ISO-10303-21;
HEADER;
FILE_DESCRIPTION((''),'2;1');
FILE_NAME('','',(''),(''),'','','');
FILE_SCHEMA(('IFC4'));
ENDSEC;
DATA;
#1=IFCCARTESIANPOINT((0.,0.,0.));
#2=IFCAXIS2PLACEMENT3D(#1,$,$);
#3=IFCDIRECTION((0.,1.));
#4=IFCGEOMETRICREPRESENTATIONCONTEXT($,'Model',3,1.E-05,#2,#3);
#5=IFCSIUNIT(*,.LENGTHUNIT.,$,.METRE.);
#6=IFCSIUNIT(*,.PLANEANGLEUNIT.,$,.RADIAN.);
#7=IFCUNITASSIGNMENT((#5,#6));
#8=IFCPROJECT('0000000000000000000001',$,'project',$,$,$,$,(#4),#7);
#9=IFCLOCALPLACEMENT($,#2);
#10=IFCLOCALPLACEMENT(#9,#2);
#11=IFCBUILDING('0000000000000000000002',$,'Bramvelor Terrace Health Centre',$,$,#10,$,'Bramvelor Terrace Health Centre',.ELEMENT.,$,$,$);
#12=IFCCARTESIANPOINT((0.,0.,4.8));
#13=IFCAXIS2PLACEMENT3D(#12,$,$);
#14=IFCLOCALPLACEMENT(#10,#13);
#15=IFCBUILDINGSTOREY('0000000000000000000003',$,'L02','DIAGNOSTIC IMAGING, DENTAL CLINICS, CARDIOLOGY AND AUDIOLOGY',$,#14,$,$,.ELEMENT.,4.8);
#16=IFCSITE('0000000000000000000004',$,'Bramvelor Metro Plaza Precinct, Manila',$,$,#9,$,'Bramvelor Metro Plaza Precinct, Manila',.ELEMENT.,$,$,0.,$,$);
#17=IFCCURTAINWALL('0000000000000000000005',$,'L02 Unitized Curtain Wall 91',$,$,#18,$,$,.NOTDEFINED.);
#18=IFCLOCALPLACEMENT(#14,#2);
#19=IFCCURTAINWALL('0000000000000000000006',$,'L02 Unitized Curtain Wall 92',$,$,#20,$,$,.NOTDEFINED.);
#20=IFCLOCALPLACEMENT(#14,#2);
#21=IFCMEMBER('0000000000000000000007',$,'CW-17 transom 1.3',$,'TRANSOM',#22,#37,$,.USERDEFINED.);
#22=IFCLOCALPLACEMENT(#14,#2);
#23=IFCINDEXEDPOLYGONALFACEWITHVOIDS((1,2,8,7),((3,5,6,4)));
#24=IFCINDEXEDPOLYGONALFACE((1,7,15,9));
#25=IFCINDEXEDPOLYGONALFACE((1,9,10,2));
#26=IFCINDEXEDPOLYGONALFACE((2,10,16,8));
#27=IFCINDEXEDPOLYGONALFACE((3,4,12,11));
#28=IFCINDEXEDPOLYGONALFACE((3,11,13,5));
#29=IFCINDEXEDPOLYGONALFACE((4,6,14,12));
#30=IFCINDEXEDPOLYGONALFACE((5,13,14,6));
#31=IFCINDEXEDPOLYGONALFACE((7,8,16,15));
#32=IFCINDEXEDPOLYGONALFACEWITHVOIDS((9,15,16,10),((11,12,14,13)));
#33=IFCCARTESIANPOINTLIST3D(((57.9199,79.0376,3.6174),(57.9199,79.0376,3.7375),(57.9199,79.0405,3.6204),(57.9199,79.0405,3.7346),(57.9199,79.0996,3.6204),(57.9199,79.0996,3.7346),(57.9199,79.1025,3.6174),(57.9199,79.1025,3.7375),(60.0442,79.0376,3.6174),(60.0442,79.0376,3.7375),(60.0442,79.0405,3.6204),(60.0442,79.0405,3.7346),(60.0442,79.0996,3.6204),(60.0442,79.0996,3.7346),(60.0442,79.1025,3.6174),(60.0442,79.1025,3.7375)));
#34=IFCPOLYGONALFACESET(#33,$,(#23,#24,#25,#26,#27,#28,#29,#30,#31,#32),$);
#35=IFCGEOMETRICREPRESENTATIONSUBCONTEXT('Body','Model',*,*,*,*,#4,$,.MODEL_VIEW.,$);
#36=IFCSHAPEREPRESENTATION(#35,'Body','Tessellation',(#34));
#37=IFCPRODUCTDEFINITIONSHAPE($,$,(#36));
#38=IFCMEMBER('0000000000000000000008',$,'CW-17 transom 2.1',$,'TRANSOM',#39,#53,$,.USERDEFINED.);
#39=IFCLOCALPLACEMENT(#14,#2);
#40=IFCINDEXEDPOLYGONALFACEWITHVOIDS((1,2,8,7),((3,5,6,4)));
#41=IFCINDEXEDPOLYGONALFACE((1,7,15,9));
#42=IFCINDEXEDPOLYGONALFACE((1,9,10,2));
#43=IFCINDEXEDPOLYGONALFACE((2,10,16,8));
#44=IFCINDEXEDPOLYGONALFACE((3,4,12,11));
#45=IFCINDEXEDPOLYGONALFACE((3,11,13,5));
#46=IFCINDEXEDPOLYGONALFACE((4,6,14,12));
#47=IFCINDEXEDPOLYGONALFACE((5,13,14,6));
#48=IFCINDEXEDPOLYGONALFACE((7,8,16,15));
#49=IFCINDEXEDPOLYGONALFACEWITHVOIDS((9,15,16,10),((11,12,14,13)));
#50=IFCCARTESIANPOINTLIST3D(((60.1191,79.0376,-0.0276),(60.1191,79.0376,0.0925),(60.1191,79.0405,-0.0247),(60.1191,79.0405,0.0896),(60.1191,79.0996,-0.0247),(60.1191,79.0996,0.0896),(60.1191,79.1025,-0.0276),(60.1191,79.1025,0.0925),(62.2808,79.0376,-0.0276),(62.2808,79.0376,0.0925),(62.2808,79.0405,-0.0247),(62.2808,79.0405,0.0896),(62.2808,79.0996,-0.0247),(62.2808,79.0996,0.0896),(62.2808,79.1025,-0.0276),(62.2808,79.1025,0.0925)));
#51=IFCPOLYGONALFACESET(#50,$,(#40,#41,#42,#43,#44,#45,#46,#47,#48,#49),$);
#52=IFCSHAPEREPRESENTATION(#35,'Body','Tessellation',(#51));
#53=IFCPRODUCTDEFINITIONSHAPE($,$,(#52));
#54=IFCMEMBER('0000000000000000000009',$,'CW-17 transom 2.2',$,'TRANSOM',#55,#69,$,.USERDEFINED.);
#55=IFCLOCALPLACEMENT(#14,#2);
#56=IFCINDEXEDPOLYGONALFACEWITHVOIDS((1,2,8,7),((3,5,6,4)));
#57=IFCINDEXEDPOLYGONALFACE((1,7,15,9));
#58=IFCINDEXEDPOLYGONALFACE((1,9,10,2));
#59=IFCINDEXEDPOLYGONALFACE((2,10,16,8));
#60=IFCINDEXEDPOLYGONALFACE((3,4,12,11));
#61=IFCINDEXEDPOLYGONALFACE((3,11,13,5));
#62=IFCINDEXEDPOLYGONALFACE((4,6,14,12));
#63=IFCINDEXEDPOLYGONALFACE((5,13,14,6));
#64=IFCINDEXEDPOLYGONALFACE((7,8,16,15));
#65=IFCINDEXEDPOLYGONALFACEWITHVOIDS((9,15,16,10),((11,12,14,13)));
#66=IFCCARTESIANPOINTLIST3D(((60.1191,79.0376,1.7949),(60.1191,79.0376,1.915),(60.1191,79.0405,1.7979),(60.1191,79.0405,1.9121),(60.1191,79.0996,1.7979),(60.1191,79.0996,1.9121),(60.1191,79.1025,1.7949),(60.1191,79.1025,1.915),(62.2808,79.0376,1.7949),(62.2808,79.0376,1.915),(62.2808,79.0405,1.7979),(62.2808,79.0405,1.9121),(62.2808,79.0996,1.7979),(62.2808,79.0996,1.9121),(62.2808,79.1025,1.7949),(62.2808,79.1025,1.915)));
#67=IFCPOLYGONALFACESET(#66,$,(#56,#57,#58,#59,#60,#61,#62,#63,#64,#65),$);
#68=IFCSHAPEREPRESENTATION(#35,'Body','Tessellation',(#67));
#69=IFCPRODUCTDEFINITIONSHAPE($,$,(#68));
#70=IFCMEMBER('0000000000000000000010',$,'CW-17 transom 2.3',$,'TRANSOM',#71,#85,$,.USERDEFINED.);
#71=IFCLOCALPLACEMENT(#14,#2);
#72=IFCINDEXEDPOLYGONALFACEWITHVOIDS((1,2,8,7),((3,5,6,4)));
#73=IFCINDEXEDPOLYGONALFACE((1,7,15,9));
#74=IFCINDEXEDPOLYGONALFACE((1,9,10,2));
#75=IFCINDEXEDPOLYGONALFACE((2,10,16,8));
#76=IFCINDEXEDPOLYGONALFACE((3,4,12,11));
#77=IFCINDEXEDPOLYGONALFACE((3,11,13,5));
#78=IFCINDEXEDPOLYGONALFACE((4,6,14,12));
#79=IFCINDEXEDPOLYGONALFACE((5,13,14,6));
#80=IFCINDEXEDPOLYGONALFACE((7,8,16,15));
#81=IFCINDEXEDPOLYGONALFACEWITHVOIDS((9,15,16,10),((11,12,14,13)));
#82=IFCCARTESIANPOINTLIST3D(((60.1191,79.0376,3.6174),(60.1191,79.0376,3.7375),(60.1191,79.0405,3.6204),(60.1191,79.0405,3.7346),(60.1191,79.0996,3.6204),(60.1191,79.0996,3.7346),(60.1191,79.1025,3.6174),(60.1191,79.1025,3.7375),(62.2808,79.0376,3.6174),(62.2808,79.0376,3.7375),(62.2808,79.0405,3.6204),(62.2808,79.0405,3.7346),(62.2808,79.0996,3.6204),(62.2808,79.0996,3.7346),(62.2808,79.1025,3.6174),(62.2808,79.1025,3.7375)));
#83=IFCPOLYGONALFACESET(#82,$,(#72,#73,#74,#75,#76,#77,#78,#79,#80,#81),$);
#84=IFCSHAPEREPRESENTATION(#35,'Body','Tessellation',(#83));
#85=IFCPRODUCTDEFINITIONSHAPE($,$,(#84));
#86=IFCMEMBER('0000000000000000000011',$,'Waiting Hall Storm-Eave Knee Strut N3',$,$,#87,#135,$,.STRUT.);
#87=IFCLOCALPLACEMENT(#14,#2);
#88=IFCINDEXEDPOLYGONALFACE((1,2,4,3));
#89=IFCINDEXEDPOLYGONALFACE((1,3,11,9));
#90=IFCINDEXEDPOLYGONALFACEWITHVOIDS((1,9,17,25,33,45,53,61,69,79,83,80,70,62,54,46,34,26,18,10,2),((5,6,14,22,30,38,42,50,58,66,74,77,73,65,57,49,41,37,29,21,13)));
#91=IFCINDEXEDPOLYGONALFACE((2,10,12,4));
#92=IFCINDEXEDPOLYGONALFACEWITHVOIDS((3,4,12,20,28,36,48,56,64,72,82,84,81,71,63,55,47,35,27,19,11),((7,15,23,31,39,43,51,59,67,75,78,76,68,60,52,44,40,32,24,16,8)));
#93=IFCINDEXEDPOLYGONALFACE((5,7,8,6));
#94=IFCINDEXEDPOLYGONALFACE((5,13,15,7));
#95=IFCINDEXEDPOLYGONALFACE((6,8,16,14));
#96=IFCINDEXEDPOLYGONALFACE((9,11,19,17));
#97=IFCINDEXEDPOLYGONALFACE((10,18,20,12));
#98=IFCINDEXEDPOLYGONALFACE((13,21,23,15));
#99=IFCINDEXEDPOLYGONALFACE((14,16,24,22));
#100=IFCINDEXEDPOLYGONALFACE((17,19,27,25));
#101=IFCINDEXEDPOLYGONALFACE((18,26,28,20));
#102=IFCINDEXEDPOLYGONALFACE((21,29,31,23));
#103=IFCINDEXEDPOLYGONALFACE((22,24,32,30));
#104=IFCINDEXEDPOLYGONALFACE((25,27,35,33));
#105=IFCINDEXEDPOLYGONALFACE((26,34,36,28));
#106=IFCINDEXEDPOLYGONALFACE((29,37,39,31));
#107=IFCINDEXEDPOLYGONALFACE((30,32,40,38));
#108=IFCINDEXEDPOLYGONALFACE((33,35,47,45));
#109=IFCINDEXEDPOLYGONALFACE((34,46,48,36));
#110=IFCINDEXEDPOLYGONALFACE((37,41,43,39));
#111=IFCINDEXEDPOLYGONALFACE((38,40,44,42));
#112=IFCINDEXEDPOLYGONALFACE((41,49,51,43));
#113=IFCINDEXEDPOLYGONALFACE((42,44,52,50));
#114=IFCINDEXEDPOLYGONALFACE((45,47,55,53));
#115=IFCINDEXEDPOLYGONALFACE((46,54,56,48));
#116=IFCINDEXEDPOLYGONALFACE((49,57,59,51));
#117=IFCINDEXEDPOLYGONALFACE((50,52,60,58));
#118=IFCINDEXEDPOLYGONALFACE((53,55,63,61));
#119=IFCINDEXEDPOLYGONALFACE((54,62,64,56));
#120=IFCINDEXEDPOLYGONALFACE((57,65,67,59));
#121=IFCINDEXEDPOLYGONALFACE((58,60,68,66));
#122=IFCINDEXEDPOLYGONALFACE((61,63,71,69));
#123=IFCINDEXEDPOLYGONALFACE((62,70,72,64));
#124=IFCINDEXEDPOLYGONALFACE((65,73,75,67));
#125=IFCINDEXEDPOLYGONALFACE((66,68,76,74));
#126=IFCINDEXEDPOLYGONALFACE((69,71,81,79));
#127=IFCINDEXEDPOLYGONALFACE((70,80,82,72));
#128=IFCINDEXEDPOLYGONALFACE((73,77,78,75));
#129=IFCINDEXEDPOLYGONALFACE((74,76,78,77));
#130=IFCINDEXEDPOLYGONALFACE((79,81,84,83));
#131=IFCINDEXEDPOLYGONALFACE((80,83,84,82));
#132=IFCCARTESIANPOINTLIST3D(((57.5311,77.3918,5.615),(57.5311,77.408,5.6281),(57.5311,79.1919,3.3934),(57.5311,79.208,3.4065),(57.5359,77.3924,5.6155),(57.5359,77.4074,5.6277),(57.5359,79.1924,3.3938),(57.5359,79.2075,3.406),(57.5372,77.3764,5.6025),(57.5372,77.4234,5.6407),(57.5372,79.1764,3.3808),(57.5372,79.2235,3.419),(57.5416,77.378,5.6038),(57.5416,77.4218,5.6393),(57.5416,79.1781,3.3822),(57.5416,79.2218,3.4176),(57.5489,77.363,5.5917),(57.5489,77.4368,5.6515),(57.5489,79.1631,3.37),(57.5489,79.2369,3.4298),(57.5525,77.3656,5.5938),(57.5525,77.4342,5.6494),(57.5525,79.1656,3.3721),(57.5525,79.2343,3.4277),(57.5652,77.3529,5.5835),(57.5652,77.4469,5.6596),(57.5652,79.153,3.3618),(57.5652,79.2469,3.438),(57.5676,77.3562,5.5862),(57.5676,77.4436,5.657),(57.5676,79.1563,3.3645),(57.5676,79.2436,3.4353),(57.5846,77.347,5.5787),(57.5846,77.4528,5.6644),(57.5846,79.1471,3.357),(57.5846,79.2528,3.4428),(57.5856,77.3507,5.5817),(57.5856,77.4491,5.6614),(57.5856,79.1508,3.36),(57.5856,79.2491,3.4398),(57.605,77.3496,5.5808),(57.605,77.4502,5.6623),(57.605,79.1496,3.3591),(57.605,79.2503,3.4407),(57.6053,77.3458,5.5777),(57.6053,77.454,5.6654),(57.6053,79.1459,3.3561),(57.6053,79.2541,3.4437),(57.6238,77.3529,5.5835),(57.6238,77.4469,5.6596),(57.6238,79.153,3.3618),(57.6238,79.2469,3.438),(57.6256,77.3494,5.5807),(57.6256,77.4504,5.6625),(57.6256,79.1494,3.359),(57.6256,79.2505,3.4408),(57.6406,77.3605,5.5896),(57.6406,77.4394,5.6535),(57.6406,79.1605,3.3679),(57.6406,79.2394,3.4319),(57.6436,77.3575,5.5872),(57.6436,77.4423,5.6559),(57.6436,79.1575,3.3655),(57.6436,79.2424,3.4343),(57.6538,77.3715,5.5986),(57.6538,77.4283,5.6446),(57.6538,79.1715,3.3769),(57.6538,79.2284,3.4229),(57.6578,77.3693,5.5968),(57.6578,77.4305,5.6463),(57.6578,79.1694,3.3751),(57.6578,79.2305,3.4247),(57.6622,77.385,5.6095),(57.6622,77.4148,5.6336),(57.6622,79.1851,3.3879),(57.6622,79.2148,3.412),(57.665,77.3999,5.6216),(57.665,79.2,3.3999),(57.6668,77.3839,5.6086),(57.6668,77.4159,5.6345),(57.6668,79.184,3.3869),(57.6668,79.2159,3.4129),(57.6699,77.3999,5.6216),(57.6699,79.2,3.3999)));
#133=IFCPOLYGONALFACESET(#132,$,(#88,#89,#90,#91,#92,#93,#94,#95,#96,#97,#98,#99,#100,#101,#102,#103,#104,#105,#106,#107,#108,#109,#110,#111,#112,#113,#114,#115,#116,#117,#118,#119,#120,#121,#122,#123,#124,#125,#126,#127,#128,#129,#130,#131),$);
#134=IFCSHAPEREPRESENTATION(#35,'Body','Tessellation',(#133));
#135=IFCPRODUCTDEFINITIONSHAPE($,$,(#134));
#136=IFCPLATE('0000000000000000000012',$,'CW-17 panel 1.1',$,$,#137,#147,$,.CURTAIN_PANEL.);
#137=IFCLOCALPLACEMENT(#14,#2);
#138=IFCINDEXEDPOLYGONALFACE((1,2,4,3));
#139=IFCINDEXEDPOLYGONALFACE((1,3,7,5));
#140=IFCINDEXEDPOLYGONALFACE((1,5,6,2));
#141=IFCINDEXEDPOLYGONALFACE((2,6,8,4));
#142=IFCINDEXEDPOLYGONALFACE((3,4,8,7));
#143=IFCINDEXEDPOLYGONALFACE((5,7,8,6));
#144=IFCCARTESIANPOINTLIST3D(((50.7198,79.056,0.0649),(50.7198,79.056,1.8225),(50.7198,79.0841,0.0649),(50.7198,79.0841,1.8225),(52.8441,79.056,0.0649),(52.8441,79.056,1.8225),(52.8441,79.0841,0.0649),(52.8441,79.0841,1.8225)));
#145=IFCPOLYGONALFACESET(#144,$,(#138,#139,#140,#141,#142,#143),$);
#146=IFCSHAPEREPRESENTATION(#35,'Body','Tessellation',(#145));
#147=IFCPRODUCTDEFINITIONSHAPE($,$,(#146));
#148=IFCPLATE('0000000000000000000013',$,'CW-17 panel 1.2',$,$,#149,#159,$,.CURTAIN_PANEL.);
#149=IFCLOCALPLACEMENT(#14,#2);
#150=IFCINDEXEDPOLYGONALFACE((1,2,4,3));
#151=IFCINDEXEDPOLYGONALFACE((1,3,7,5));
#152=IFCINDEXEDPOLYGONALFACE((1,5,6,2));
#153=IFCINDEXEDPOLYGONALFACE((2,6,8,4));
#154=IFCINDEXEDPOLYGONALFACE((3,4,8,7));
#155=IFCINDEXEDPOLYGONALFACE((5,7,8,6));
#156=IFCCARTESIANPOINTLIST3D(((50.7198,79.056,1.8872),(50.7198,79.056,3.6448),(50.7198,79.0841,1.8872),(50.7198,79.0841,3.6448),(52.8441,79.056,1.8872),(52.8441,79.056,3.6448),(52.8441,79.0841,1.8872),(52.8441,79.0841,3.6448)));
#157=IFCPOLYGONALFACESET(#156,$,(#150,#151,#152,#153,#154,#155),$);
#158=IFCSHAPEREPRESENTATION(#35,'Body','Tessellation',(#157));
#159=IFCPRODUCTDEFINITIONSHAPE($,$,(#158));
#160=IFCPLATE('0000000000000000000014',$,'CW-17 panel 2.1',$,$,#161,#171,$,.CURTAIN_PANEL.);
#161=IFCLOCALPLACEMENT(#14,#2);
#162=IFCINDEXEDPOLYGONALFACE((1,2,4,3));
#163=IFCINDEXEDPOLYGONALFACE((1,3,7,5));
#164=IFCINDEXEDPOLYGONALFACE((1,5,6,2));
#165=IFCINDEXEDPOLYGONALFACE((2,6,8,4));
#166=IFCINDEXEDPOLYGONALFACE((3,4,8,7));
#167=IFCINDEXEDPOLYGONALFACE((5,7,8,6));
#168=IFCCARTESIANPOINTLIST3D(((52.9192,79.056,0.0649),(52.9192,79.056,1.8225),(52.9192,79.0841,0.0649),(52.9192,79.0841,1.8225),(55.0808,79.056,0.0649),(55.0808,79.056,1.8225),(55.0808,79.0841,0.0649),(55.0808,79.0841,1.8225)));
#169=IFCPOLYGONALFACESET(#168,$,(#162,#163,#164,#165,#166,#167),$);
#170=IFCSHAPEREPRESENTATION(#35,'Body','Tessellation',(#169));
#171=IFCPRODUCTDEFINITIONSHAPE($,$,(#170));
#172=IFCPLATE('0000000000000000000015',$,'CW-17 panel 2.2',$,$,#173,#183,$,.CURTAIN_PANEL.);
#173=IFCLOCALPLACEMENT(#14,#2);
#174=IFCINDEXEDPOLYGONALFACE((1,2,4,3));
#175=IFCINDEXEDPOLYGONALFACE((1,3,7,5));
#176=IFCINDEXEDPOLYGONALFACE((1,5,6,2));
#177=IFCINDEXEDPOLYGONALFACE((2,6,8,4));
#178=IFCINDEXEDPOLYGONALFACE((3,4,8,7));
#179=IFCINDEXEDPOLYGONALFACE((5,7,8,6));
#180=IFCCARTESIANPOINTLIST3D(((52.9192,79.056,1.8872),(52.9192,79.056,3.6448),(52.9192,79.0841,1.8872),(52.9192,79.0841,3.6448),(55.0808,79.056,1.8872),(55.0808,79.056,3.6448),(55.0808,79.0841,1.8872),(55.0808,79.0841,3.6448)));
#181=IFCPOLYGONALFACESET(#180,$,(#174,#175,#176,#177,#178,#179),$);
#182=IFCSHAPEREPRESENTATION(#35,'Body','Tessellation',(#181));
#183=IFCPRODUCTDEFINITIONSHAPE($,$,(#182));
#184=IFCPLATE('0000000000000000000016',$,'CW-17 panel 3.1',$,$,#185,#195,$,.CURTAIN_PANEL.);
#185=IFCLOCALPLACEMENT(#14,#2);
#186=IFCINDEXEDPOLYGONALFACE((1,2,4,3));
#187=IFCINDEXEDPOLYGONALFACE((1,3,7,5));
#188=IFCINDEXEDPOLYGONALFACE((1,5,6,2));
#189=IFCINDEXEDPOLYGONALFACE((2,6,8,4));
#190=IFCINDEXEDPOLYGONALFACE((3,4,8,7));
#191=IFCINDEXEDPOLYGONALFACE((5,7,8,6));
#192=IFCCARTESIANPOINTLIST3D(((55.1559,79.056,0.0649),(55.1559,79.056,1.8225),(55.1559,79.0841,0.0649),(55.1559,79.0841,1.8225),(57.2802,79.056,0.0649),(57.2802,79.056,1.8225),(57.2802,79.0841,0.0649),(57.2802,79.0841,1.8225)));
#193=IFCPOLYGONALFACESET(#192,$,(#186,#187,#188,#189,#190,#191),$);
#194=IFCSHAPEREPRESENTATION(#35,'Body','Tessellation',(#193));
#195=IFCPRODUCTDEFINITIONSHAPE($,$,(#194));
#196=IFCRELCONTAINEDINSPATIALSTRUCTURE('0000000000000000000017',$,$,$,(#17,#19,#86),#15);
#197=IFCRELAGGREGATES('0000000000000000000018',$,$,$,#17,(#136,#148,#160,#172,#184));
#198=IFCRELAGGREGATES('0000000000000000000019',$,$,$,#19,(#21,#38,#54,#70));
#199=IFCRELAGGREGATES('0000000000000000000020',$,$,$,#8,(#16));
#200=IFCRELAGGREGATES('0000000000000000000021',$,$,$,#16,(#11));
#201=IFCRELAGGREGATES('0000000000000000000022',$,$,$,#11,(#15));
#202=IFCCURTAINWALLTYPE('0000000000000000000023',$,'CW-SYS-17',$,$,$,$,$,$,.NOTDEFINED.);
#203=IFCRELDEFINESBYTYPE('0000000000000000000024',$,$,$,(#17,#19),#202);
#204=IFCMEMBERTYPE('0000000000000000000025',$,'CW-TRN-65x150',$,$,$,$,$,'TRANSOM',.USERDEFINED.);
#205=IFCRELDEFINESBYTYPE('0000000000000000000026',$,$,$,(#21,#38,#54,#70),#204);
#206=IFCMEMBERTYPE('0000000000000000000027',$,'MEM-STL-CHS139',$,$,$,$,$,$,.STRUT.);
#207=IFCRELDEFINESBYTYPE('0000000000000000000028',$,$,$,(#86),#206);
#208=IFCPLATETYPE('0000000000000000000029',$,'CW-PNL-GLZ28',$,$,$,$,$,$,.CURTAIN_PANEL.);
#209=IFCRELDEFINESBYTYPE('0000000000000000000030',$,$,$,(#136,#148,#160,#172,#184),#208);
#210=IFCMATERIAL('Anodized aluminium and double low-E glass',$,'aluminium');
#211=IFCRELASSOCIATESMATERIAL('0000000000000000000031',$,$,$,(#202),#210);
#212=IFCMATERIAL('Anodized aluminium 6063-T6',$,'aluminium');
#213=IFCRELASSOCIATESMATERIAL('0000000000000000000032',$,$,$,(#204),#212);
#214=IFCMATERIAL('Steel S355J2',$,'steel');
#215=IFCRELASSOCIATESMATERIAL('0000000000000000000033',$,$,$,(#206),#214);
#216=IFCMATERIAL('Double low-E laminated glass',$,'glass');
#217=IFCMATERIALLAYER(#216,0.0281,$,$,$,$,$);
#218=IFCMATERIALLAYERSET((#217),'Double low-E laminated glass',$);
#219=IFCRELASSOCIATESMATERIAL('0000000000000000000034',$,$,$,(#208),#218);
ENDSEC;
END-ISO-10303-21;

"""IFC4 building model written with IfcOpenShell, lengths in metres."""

from ifc_helpers import new_model, si_unit, direction, frame, origin, origin_2d, place, context, subcontext, project, spatial, rectangle, hollow_rectangle, hollow_circle, extrude, material, layer, layer_set, material_profile, profile_set, type_object, element, aggregate, save


model = new_model("IFC4")

# Units and contexts
model_context = context("Model", 3, precision=1e-05, world=origin(), true_north=direction((0.0, 1.0)))
body_context = subcontext(model_context, "Body", "Model", "MODEL_VIEW")
ifc_project = project(units=[si_unit("LENGTHUNIT", "METRE"), si_unit("PLANEANGLEUNIT", "RADIAN")], contexts=[model_context])

# Site, building, storey
site_placement = place(None, origin())
site = spatial("IfcSite", under=ifc_project, at=site_placement, Name="Bramvelor Metro Plaza Precinct, Manila", LongName="Bramvelor Metro Plaza Precinct, Manila", CompositionType="ELEMENT", RefElevation=0.0)
building_placement = place(site_placement, origin())
building = spatial("IfcBuilding", under=site, at=building_placement, Name="Bramvelor Terrace Health Centre", LongName="Bramvelor Terrace Health Centre", CompositionType="ELEMENT")
storey_placement = place(building_placement, frame((0.0, 0.0, 4.8)))
storey = spatial("IfcBuildingStorey", under=building, at=storey_placement, Name="L02", Description="DIAGNOSTIC IMAGING, DENTAL CLINICS, CARDIOLOGY AND AUDIOLOGY", CompositionType="ELEMENT", Elevation=4.8)

# Curtain walls
ifc_material_1 = material(Name="Anodized aluminium and double low-E glass", Category="aluminium")
curtain_wall_type = type_object("IfcCurtainWallType", Name="CW-SYS-17", PredefinedType="NOTDEFINED", material=ifc_material_1)
curtain_wall_1_placement = place(storey_placement, origin())
curtain_wall_1 = element("IfcCurtainWall", 1, at=curtain_wall_1_placement, inside=storey, type_object=curtain_wall_type, Name="L02 Unitized Curtain Wall 91", PredefinedType="NOTDEFINED")
curtain_wall_2_placement = place(storey_placement, origin())
curtain_wall_2 = element("IfcCurtainWall", 2, at=curtain_wall_2_placement, inside=storey, type_object=curtain_wall_type, Name="L02 Unitized Curtain Wall 92", PredefinedType="NOTDEFINED")

# Members
ifc_material_2 = material(Name="Anodized aluminium 6063-T6", Category="aluminium")
ifc_material_profile_1 = material_profile(ifc_material_2, hollow_rectangle(XDim=0.0649, YDim=0.1201, WallThickness=0.0029, at=origin_2d()), Name="ALU-TRN 65x120x3.0")
ifc_profile_set_1 = profile_set([ifc_material_profile_1], Name="Anodized aluminium 6063-T6")
member_type_1 = type_object("IfcMemberType", Name="CW-TRN-65x150", ElementType="TRANSOM", PredefinedType="USERDEFINED", material=ifc_profile_set_1)
member_1_placement = place(storey_placement, frame((57.9199, 79.0701, 3.6775), z_axis=(1.0, 0.0, 0.0), x_axis=(0.0, 1.0, 0.0)))
member_1 = element("IfcMember", 3, at=member_1_placement, type_object=member_type_1, Name="CW-17 transom 1.3", ObjectType="TRANSOM", PredefinedType="USERDEFINED", context=body_context, shape_type="SweptSolid", body=[
    extrude(hollow_rectangle(XDim=0.0649, YDim=0.1201, WallThickness=0.0029, at=origin_2d()), origin(), (0.0, 0.0, 1.0), 2.1243),
])
member_2_placement = place(storey_placement, frame((60.1191, 79.0701, 0.0325), z_axis=(1.0, 0.0, 0.0), x_axis=(0.0, 1.0, 0.0)))
member_2 = element("IfcMember", 4, at=member_2_placement, type_object=member_type_1, Name="CW-17 transom 2.1", ObjectType="TRANSOM", PredefinedType="USERDEFINED", context=body_context, shape_type="SweptSolid", body=[
    extrude(hollow_rectangle(XDim=0.0649, YDim=0.1201, WallThickness=0.0029, at=origin_2d()), origin(), (0.0, 0.0, 1.0), 2.1616),
])
member_3_placement = place(storey_placement, frame((60.1191, 79.0701, 1.855), z_axis=(1.0, 0.0, 0.0), x_axis=(0.0, 1.0, 0.0)))
member_3 = element("IfcMember", 5, at=member_3_placement, type_object=member_type_1, Name="CW-17 transom 2.2", ObjectType="TRANSOM", PredefinedType="USERDEFINED", context=body_context, shape_type="SweptSolid", body=[
    extrude(hollow_rectangle(XDim=0.0649, YDim=0.1201, WallThickness=0.0029, at=origin_2d()), origin(), (0.0, 0.0, 1.0), 2.1616),
])
member_4_placement = place(storey_placement, frame((60.1191, 79.0701, 3.6775), z_axis=(1.0, 0.0, 0.0), x_axis=(0.0, 1.0, 0.0)))
member_4 = element("IfcMember", 6, at=member_4_placement, type_object=member_type_1, Name="CW-17 transom 2.3", ObjectType="TRANSOM", PredefinedType="USERDEFINED", context=body_context, shape_type="SweptSolid", body=[
    extrude(hollow_rectangle(XDim=0.0649, YDim=0.1201, WallThickness=0.0029, at=origin_2d()), origin(), (0.0, 0.0, 1.0), 2.1616),
])
ifc_material_3 = material(Name="Steel S355J2", Category="steel")
ifc_material_profile_2 = material_profile(ifc_material_3, hollow_circle(Radius=0.0698, WallThickness=0.0049, at=origin_2d()), Name="CHS 139.7x5.0")
ifc_profile_set_2 = profile_set([ifc_material_profile_2], Name="Steel S355J2")
member_type_2 = type_object("IfcMemberType", Name="MEM-STL-CHS139", PredefinedType="STRUT", material=ifc_profile_set_2)
member_5_placement = place(storey_placement, frame((57.6001, 79.2, 3.3999), z_axis=(0.0, -0.629525, 0.77698), x_axis=(1.0, 0.0, 0.0)))
element("IfcMember", 7, at=member_5_placement, inside=storey, type_object=member_type_2, Name="Waiting Hall Storm-Eave Knee Strut N3", PredefinedType="STRUT", context=body_context, shape_type="SweptSolid", body=[
    extrude(hollow_circle(Radius=0.0698, WallThickness=0.0049, at=origin_2d()), origin(), (0.0, 0.0, 1.0), 2.8594),
])

# Plates
ifc_material_4 = material(Name="Double low-E laminated glass", Category="glass")
ifc_layer_1 = layer(ifc_material_4, 0.0281)
ifc_layer_set_1 = layer_set([ifc_layer_1], Name="Double low-E laminated glass")
plate_type_1 = type_object("IfcPlateType", Name="CW-PNL-GLZ28", PredefinedType="CURTAIN_PANEL", material=ifc_layer_set_1)
plate_1_placement = place(storey_placement, frame((51.782, 79.0701, 0.0649), z_axis=(0.0, 0.0, 1.0), x_axis=(1.0, 0.0, 0.0)))
plate_1 = element("IfcPlate", 8, at=plate_1_placement, type_object=plate_type_1, Name="CW-17 panel 1.1", PredefinedType="CURTAIN_PANEL", context=body_context, shape_type="SweptSolid", body=[
    extrude(rectangle(XDim=2.1243, YDim=0.0281, at=origin_2d()), origin(), (0.0, 0.0, 1.0), 1.7576),
])
plate_2_placement = place(storey_placement, frame((51.782, 79.0701, 1.8872), z_axis=(0.0, 0.0, 1.0), x_axis=(1.0, 0.0, 0.0)))
plate_2 = element("IfcPlate", 9, at=plate_2_placement, type_object=plate_type_1, Name="CW-17 panel 1.2", PredefinedType="CURTAIN_PANEL", context=body_context, shape_type="SweptSolid", body=[
    extrude(rectangle(XDim=2.1243, YDim=0.0281, at=origin_2d()), origin(), (0.0, 0.0, 1.0), 1.7576),
])
plate_3_placement = place(storey_placement, frame((54.0, 79.0701, 0.0649), z_axis=(0.0, 0.0, 1.0), x_axis=(1.0, 0.0, 0.0)))
plate_3 = element("IfcPlate", 10, at=plate_3_placement, type_object=plate_type_1, Name="CW-17 panel 2.1", PredefinedType="CURTAIN_PANEL", context=body_context, shape_type="SweptSolid", body=[
    extrude(rectangle(XDim=2.1616, YDim=0.0281, at=origin_2d()), origin(), (0.0, 0.0, 1.0), 1.7576),
])
plate_4_placement = place(storey_placement, frame((54.0, 79.0701, 1.8872), z_axis=(0.0, 0.0, 1.0), x_axis=(1.0, 0.0, 0.0)))
plate_4 = element("IfcPlate", 11, at=plate_4_placement, type_object=plate_type_1, Name="CW-17 panel 2.2", PredefinedType="CURTAIN_PANEL", context=body_context, shape_type="SweptSolid", body=[
    extrude(rectangle(XDim=2.1616, YDim=0.0281, at=origin_2d()), origin(), (0.0, 0.0, 1.0), 1.7576),
])
plate_5_placement = place(storey_placement, frame((56.218, 79.0701, 0.0649), z_axis=(0.0, 0.0, 1.0), x_axis=(1.0, 0.0, 0.0)))
plate_5 = element("IfcPlate", 12, at=plate_5_placement, type_object=plate_type_1, Name="CW-17 panel 3.1", PredefinedType="CURTAIN_PANEL", context=body_context, shape_type="SweptSolid", body=[
    extrude(rectangle(XDim=2.1243, YDim=0.0281, at=origin_2d()), origin(), (0.0, 0.0, 1.0), 1.7576),
])
aggregate(curtain_wall_1, [plate_1, plate_2, plate_3, plate_4, plate_5])
aggregate(curtain_wall_2, [member_1, member_2, member_3, member_4])

save(model, "model.ifc")
